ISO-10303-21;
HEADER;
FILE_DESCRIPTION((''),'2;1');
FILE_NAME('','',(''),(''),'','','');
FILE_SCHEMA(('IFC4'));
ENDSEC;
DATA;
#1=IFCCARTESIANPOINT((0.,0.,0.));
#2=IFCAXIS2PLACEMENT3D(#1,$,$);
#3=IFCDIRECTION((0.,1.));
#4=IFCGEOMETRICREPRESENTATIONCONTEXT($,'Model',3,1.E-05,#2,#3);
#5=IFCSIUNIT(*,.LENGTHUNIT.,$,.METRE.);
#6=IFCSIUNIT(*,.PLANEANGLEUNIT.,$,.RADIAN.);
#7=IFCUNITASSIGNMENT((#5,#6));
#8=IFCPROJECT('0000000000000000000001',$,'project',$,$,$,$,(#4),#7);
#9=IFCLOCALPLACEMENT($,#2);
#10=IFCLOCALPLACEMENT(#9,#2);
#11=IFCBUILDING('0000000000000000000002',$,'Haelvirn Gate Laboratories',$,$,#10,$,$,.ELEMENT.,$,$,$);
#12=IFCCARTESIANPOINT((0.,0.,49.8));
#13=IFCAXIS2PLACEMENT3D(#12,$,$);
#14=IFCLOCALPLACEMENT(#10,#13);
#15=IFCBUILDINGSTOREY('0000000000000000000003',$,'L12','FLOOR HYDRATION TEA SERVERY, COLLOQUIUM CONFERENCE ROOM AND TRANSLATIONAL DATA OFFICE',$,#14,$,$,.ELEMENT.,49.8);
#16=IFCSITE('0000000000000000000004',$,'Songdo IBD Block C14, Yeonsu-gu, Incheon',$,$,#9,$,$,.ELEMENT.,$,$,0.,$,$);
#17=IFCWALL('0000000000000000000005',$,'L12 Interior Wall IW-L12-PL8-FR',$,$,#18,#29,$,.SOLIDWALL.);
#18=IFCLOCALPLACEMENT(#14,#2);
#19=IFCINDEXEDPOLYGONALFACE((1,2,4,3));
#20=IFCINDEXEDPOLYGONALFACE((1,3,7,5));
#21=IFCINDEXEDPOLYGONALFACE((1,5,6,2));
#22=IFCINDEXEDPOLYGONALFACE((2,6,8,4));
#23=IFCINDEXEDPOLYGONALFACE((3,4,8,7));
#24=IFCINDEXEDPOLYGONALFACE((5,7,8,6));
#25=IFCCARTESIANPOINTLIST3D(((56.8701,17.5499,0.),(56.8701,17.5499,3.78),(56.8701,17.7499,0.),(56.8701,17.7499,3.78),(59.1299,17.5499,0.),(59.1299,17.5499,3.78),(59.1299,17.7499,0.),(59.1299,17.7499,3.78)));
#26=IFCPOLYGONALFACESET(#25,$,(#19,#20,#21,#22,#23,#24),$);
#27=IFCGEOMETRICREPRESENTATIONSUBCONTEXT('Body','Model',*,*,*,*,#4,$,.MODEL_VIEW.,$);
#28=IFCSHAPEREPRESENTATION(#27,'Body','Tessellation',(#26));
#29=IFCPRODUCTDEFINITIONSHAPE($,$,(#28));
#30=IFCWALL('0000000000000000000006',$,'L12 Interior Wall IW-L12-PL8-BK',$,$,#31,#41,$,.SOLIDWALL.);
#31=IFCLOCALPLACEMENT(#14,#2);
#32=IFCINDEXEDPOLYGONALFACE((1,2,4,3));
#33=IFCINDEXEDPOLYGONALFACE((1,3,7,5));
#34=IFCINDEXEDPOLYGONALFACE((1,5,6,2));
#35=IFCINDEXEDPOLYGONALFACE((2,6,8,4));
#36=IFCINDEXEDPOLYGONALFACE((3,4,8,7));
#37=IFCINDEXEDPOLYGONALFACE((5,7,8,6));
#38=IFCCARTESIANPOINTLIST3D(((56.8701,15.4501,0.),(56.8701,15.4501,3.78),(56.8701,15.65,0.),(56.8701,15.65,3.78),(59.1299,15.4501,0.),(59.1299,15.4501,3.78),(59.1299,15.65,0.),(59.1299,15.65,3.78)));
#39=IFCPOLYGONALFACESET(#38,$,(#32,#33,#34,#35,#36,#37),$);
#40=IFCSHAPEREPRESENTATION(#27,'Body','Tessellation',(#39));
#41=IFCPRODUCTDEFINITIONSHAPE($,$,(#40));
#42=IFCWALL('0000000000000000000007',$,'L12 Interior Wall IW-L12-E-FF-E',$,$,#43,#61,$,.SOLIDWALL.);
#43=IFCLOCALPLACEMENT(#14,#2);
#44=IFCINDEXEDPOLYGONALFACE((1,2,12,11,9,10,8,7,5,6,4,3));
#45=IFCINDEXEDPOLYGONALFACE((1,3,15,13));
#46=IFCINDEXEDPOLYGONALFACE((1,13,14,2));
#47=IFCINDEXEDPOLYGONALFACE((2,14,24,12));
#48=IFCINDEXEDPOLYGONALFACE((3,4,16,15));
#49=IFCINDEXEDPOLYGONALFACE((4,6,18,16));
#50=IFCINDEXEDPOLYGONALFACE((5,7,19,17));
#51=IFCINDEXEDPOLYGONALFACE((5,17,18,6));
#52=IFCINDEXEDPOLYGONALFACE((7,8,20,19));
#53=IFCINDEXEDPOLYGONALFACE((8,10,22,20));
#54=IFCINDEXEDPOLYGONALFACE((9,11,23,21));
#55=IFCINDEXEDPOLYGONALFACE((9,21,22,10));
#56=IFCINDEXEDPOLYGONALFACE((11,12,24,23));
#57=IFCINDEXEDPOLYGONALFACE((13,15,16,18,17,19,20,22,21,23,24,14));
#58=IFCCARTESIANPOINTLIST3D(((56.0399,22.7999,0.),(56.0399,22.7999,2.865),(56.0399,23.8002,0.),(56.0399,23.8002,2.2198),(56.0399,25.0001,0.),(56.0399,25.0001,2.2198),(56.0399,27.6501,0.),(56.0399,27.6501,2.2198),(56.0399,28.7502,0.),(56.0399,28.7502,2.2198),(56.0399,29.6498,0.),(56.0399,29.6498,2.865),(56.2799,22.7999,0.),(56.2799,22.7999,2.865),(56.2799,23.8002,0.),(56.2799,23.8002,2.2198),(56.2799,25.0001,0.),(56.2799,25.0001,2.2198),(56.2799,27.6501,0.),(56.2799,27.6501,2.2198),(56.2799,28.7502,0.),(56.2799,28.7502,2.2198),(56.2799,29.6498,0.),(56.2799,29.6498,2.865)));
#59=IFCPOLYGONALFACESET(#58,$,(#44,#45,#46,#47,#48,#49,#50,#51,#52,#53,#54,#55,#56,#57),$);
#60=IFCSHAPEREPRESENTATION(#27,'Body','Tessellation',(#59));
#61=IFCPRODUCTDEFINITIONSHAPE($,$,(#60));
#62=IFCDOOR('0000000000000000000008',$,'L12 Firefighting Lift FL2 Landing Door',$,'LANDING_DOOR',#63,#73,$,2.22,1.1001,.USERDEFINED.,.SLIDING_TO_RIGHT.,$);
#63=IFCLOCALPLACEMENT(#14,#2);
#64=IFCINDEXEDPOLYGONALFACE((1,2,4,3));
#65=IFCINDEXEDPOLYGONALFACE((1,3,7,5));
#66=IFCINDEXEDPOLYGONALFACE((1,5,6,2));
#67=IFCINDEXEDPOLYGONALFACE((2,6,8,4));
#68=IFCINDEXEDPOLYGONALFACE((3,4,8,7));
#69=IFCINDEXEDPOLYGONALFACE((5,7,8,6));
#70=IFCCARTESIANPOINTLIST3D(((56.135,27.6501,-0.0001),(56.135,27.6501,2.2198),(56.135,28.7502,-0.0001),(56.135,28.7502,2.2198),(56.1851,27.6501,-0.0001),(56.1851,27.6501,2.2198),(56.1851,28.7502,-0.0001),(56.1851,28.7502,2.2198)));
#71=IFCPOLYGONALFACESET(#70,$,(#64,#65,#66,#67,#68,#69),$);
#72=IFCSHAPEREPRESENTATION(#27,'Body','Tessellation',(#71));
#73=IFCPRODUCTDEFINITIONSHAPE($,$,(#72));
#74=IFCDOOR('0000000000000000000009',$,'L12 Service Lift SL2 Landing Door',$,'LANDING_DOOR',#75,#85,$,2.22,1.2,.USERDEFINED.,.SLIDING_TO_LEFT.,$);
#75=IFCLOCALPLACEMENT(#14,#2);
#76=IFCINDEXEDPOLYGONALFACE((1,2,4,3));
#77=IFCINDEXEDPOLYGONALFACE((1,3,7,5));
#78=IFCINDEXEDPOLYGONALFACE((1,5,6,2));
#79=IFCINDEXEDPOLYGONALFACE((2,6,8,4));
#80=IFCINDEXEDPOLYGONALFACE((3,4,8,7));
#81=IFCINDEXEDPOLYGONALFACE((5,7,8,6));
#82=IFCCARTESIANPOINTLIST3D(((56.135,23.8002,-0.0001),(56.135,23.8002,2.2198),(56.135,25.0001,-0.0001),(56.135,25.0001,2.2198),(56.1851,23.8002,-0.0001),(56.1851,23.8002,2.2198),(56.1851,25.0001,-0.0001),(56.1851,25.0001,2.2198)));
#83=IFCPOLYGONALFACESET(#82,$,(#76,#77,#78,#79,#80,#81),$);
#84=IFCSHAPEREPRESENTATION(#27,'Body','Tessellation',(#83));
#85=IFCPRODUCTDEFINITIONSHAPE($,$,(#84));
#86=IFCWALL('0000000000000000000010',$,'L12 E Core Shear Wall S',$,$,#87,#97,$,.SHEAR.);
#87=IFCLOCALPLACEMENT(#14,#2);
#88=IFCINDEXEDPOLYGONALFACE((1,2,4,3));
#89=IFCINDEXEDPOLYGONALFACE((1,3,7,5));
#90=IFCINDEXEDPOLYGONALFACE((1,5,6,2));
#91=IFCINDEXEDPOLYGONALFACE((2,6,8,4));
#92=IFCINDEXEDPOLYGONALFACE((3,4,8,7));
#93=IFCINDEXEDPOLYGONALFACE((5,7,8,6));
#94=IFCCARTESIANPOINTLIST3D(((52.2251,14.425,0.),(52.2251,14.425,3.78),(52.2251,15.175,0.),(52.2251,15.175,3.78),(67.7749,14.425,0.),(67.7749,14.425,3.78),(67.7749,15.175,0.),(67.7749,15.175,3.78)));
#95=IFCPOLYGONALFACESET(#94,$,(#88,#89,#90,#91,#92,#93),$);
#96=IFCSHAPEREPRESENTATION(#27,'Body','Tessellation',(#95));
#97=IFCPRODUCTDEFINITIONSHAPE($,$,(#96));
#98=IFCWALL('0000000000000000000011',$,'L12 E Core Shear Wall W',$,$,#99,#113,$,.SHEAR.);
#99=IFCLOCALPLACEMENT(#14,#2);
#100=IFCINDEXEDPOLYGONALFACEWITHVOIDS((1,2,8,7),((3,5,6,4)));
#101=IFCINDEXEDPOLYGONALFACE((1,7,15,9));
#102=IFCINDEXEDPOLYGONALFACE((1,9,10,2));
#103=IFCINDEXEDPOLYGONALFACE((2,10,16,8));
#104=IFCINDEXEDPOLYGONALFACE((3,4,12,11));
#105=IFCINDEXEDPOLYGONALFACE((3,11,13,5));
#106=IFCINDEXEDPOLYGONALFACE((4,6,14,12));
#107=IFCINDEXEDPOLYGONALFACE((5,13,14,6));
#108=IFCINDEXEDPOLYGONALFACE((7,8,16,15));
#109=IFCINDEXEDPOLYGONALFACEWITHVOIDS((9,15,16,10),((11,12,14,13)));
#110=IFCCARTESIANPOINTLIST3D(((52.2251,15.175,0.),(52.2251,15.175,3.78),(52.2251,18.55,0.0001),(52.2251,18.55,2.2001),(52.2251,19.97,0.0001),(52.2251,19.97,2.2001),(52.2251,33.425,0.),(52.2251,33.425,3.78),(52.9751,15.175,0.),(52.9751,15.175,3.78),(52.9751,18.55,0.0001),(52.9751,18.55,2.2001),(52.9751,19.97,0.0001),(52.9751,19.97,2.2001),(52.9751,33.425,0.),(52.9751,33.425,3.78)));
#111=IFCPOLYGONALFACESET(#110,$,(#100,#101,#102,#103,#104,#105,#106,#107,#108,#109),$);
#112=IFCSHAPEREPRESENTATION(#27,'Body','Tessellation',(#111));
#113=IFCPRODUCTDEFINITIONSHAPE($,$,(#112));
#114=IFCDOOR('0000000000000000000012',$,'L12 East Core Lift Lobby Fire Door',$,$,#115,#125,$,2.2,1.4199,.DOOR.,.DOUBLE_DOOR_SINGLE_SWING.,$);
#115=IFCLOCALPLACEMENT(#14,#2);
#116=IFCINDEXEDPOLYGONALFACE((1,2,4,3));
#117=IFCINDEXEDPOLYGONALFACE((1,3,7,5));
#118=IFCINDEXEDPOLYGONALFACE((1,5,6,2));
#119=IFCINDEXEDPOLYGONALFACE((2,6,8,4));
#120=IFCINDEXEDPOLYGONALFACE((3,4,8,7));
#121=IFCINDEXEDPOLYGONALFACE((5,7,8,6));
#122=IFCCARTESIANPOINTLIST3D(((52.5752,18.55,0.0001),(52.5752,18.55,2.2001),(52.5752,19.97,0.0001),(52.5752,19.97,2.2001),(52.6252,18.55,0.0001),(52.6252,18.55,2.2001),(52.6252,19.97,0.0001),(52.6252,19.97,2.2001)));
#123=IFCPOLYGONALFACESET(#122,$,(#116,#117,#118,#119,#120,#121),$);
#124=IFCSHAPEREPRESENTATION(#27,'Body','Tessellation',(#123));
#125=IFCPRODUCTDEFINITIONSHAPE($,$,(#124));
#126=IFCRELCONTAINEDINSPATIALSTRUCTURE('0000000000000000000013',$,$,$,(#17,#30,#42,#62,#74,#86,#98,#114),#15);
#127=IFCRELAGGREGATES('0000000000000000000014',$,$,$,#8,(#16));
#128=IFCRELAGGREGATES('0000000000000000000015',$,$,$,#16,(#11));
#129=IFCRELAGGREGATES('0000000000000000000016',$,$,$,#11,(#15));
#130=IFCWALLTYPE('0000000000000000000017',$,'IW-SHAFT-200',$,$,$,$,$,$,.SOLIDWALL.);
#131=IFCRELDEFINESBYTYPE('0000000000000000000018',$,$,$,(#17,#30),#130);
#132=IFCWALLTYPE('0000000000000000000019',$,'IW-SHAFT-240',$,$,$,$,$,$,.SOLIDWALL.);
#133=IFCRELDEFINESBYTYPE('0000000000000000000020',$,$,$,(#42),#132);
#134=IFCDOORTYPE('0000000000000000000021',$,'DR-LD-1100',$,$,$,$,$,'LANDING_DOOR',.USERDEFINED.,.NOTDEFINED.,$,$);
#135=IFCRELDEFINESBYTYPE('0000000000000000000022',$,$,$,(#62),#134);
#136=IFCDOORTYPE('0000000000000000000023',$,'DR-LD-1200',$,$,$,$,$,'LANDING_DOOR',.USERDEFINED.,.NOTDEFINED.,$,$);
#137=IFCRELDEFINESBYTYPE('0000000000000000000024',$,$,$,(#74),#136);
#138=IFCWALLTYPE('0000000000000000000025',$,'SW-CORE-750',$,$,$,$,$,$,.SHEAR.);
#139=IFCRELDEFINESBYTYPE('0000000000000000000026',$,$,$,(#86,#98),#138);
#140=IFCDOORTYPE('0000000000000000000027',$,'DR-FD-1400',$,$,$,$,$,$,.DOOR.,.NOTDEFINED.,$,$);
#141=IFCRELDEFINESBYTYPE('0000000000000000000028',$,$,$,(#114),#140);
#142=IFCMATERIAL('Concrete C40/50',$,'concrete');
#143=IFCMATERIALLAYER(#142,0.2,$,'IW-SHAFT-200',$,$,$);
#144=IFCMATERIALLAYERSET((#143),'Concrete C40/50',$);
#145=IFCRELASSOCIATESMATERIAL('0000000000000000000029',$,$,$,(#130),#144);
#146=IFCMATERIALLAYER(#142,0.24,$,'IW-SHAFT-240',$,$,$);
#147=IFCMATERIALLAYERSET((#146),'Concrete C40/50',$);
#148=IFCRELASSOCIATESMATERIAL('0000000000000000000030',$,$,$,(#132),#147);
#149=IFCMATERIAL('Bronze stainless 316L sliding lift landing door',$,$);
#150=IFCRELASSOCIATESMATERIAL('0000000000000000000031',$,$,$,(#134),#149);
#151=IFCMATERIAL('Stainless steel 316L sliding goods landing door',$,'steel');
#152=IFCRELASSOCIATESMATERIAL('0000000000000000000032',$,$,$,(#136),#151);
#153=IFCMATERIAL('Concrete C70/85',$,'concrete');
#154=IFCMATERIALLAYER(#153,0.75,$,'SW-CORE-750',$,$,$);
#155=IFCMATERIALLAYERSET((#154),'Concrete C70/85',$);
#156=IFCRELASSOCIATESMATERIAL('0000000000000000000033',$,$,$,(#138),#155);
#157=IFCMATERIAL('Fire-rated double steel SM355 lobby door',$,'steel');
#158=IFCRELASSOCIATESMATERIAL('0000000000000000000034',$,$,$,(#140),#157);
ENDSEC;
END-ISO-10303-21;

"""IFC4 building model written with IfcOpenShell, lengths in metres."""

from ifc_helpers import new_model, si_unit, direction, frame, frame_2d, origin, place, context, subcontext, project, spatial, rectangle, extrude, source, transform, mapped, material, layer, layer_set, type_object, type_shapes, element, fill, save


model = new_model("IFC4")

# Units and contexts
model_context = context("Model", 3, precision=1e-05, world=origin(), true_north=direction((0.0, 1.0)))
body_context = subcontext(model_context, "Body", "Model", "MODEL_VIEW")
ifc_project = project(units=[si_unit("LENGTHUNIT", "METRE"), si_unit("PLANEANGLEUNIT", "RADIAN")], contexts=[model_context])

# Site, building, storey
site_placement = place(None, origin())
site = spatial("IfcSite", under=ifc_project, at=site_placement, Name="Songdo IBD Block C14, Yeonsu-gu, Incheon", CompositionType="ELEMENT", RefElevation=0.0)
building_placement = place(site_placement, origin())
building = spatial("IfcBuilding", under=site, at=building_placement, Name="Haelvirn Gate Laboratories", CompositionType="ELEMENT")
storey_placement = place(building_placement, frame((0.0, 0.0, 49.8)))
storey = spatial("IfcBuildingStorey", under=building, at=storey_placement, Name="L12", Description="FLOOR HYDRATION TEA SERVERY, COLLOQUIUM CONFERENCE ROOM AND TRANSLATIONAL DATA OFFICE", CompositionType="ELEMENT", Elevation=49.8)

# Shared definitions
ifc_material_1 = material(Name="Concrete C70/85", Category="concrete")

# Walls
ifc_material_2 = material(Name="Concrete C40/50", Category="concrete")
ifc_layer_1 = layer(ifc_material_2, 0.2, Name="IW-SHAFT-200")
ifc_layer_set_1 = layer_set([ifc_layer_1], Name="Concrete C40/50")
wall_type_1 = type_object("IfcWallType", Name="IW-SHAFT-200", PredefinedType="SOLIDWALL", material=ifc_layer_set_1)
for number, where, z_axis, x_axis, name in (
    (1, (56.8701, 17.6499, 0.0), (0.0, 0.0, 1.0), (1.0, 0.0, 0.0), "L12 Interior Wall IW-L12-PL8-FR"),
    (2, (56.8701, 15.55, 0.0), (0.0, 0.0, 1.0), (1.0, 0.0, 0.0), "L12 Interior Wall IW-L12-PL8-BK"),
):
    element("IfcWall", number, at=place(storey_placement, frame(where, z_axis=z_axis, x_axis=x_axis)), inside=storey, type_object=wall_type_1, Name=name, PredefinedType="SOLIDWALL", context=body_context, shape_type="SweptSolid", body=[
        extrude(rectangle(XDim=2.2598, YDim=0.2, at=frame_2d((1.1299, 0.0))), origin(), (0.0, 0.0, 1.0), 3.78),
    ])

# Wall, openings, doors
ifc_layer_2 = layer(ifc_material_2, 0.24, Name="IW-SHAFT-240")
ifc_layer_set_2 = layer_set([ifc_layer_2], Name="Concrete C40/50")
wall_type_2 = type_object("IfcWallType", Name="IW-SHAFT-240", PredefinedType="SOLIDWALL", material=ifc_layer_set_2)
wall_1_placement = place(storey_placement, frame((56.1599, 22.8, 0.0), z_axis=(0.0, 0.0, 1.0), x_axis=(0.0, 1.0, 0.0)))
wall_1 = element("IfcWall", 3, at=wall_1_placement, inside=storey, type_object=wall_type_2, Name="L12 Interior Wall IW-L12-E-FF-E", PredefinedType="SOLIDWALL", context=body_context, shape_type="SweptSolid", body=[
    extrude(rectangle(XDim=6.8499, YDim=0.24, at=frame_2d((3.4248, 0.0))), origin(), (0.0, 0.0, 1.0), 2.865),
])
opening_1_placement = place(wall_1_placement, frame((4.8501, 0.0, 0.0)))
opening_1 = element("IfcOpeningElement", 4, at=opening_1_placement, cuts=wall_1, PredefinedType="OPENING", context=body_context, shape_type="SweptSolid", body=[
    extrude(rectangle(XDim=1.1001, YDim=2.22, at=frame_2d((0.55, 1.1099))), frame((0.0, 0.1299, 0.0), z_axis=(0.0, -1.0, 0.0), x_axis=(1.0, 0.0, 0.0)), (0.0, 0.0, 1.0), 0.26),
])
opening_2_placement = place(wall_1_placement, frame((1.0, 0.0, 0.0)))
opening_2 = element("IfcOpeningElement", 5, at=opening_2_placement, cuts=wall_1, PredefinedType="OPENING", context=body_context, shape_type="SweptSolid", body=[
    extrude(rectangle(XDim=1.2, YDim=2.22, at=frame_2d((0.6001, 1.1099))), frame((0.0, 0.1299, 0.0), z_axis=(0.0, -1.0, 0.0), x_axis=(1.0, 0.0, 0.0)), (0.0, 0.0, 1.0), 0.26),
])
ifc_material_3 = material(Name="Bronze stainless 316L sliding lift landing door")
door_type_1 = type_object("IfcDoorType", Name="DR-LD-1100", ElementType="LANDING_DOOR", OperationType="NOTDEFINED", PredefinedType="USERDEFINED", material=ifc_material_3)
shared_shape_1 = source(origin(), body_context, "Body", "SweptSolid", [
    extrude(rectangle(XDim=1.1001, YDim=2.22, at=frame_2d((0.55, 1.1099))), frame((0.0, 0.0249, 0.0), z_axis=(0.0, -1.0, 0.0), x_axis=(1.0, 0.0, 0.0)), (0.0, 0.0, 1.0), 0.05),
])
type_shapes(door_type_1, [shared_shape_1])
door_1_placement = place(opening_1_placement, origin())
door_1 = element("IfcDoor", 6, at=door_1_placement, inside=storey, type_object=door_type_1, Name="L12 Firefighting Lift FL2 Landing Door", ObjectType="LANDING_DOOR", OperationType="SLIDING_TO_RIGHT", OverallHeight=2.22, OverallWidth=1.1001, PredefinedType="USERDEFINED", context=body_context, shape_type="MappedRepresentation", body=[
    mapped(shared_shape_1, transform((0.0, 0.0, 0.0), scale=1.0)),
])
fill(opening_1, door_1)
ifc_material_4 = material(Name="Stainless steel 316L sliding goods landing door", Category="steel")
door_type_2 = type_object("IfcDoorType", Name="DR-LD-1200", ElementType="LANDING_DOOR", OperationType="NOTDEFINED", PredefinedType="USERDEFINED", material=ifc_material_4)
shared_shape_2 = source(origin(), body_context, "Body", "SweptSolid", [
    extrude(rectangle(XDim=1.2, YDim=2.22, at=frame_2d((0.6001, 1.1099))), frame((0.0, 0.0249, 0.0), z_axis=(0.0, -1.0, 0.0), x_axis=(1.0, 0.0, 0.0)), (0.0, 0.0, 1.0), 0.05),
])
type_shapes(door_type_2, [shared_shape_2])
door_2_placement = place(opening_2_placement, origin())
door_2 = element("IfcDoor", 7, at=door_2_placement, inside=storey, type_object=door_type_2, Name="L12 Service Lift SL2 Landing Door", ObjectType="LANDING_DOOR", OperationType="SLIDING_TO_LEFT", OverallHeight=2.22, OverallWidth=1.2, PredefinedType="USERDEFINED", context=body_context, shape_type="MappedRepresentation", body=[
    mapped(shared_shape_2, transform((0.0, 0.0, 0.0), scale=1.0)),
])
fill(opening_2, door_2)

# Wall
ifc_layer_3 = layer(ifc_material_1, 0.75, Name="SW-CORE-750")
ifc_layer_set_3 = layer_set([ifc_layer_3], Name="Concrete C70/85")
wall_type_3 = type_object("IfcWallType", Name="SW-CORE-750", PredefinedType="SHEAR", material=ifc_layer_set_3)
wall_2_placement = place(storey_placement, frame((52.2251, 14.8, 0.0), z_axis=(0.0, 0.0, 1.0), x_axis=(1.0, 0.0, 0.0)))
element("IfcWall", 8, at=wall_2_placement, inside=storey, type_object=wall_type_3, Name="L12 E Core Shear Wall S", PredefinedType="SHEAR", context=body_context, shape_type="SweptSolid", body=[
    extrude(rectangle(XDim=15.5498, YDim=0.75, at=frame_2d((7.7749, 0.0))), origin(), (0.0, 0.0, 1.0), 3.78),
])

# Wall, opening, door
wall_3_placement = place(storey_placement, frame((52.6001, 15.175, 0.0), z_axis=(0.0, 0.0, 1.0), x_axis=(0.0, 1.0, 0.0)))
wall_3 = element("IfcWall", 9, at=wall_3_placement, inside=storey, type_object=wall_type_3, Name="L12 E Core Shear Wall W", PredefinedType="SHEAR", context=body_context, shape_type="SweptSolid", body=[
    extrude(rectangle(XDim=18.25, YDim=0.75, at=frame_2d((9.125, 0.0))), origin(), (0.0, 0.0, 1.0), 3.78),
])
opening_3_placement = place(wall_3_placement, frame((3.375, 0.0, 0.0)))
opening_3 = element("IfcOpeningElement", 10, at=opening_3_placement, cuts=wall_3, PredefinedType="OPENING", context=body_context, shape_type="SweptSolid", body=[
    extrude(rectangle(XDim=1.4199, YDim=2.2, at=frame_2d((0.71, 1.1001))), frame((0.0, 0.385, 0.0), z_axis=(0.0, -1.0, 0.0), x_axis=(1.0, 0.0, 0.0)), (0.0, 0.0, 1.0), 0.77),
])
ifc_material_5 = material(Name="Fire-rated double steel SM355 lobby door", Category="steel")
door_type_3 = type_object("IfcDoorType", Name="DR-FD-1400", OperationType="NOTDEFINED", PredefinedType="DOOR", material=ifc_material_5)
shared_shape_3 = source(origin(), body_context, "Body", "SweptSolid", [
    extrude(rectangle(XDim=1.4199, YDim=2.2, at=frame_2d((0.71, 1.1001))), frame((0.0, 0.0249, 0.0), z_axis=(0.0, -1.0, 0.0), x_axis=(1.0, 0.0, 0.0)), (0.0, 0.0, 1.0), 0.05),
])
type_shapes(door_type_3, [shared_shape_3])
door_3_placement = place(opening_3_placement, origin())
door_3 = element("IfcDoor", 11, at=door_3_placement, inside=storey, type_object=door_type_3, Name="L12 East Core Lift Lobby Fire Door", OperationType="DOUBLE_DOOR_SINGLE_SWING", OverallHeight=2.2, OverallWidth=1.4199, PredefinedType="DOOR", context=body_context, shape_type="MappedRepresentation", body=[
    mapped(shared_shape_3, transform((0.0, 0.0, 0.0), scale=1.0)),
])
fill(opening_3, door_3)

save(model, "model.ifc")
